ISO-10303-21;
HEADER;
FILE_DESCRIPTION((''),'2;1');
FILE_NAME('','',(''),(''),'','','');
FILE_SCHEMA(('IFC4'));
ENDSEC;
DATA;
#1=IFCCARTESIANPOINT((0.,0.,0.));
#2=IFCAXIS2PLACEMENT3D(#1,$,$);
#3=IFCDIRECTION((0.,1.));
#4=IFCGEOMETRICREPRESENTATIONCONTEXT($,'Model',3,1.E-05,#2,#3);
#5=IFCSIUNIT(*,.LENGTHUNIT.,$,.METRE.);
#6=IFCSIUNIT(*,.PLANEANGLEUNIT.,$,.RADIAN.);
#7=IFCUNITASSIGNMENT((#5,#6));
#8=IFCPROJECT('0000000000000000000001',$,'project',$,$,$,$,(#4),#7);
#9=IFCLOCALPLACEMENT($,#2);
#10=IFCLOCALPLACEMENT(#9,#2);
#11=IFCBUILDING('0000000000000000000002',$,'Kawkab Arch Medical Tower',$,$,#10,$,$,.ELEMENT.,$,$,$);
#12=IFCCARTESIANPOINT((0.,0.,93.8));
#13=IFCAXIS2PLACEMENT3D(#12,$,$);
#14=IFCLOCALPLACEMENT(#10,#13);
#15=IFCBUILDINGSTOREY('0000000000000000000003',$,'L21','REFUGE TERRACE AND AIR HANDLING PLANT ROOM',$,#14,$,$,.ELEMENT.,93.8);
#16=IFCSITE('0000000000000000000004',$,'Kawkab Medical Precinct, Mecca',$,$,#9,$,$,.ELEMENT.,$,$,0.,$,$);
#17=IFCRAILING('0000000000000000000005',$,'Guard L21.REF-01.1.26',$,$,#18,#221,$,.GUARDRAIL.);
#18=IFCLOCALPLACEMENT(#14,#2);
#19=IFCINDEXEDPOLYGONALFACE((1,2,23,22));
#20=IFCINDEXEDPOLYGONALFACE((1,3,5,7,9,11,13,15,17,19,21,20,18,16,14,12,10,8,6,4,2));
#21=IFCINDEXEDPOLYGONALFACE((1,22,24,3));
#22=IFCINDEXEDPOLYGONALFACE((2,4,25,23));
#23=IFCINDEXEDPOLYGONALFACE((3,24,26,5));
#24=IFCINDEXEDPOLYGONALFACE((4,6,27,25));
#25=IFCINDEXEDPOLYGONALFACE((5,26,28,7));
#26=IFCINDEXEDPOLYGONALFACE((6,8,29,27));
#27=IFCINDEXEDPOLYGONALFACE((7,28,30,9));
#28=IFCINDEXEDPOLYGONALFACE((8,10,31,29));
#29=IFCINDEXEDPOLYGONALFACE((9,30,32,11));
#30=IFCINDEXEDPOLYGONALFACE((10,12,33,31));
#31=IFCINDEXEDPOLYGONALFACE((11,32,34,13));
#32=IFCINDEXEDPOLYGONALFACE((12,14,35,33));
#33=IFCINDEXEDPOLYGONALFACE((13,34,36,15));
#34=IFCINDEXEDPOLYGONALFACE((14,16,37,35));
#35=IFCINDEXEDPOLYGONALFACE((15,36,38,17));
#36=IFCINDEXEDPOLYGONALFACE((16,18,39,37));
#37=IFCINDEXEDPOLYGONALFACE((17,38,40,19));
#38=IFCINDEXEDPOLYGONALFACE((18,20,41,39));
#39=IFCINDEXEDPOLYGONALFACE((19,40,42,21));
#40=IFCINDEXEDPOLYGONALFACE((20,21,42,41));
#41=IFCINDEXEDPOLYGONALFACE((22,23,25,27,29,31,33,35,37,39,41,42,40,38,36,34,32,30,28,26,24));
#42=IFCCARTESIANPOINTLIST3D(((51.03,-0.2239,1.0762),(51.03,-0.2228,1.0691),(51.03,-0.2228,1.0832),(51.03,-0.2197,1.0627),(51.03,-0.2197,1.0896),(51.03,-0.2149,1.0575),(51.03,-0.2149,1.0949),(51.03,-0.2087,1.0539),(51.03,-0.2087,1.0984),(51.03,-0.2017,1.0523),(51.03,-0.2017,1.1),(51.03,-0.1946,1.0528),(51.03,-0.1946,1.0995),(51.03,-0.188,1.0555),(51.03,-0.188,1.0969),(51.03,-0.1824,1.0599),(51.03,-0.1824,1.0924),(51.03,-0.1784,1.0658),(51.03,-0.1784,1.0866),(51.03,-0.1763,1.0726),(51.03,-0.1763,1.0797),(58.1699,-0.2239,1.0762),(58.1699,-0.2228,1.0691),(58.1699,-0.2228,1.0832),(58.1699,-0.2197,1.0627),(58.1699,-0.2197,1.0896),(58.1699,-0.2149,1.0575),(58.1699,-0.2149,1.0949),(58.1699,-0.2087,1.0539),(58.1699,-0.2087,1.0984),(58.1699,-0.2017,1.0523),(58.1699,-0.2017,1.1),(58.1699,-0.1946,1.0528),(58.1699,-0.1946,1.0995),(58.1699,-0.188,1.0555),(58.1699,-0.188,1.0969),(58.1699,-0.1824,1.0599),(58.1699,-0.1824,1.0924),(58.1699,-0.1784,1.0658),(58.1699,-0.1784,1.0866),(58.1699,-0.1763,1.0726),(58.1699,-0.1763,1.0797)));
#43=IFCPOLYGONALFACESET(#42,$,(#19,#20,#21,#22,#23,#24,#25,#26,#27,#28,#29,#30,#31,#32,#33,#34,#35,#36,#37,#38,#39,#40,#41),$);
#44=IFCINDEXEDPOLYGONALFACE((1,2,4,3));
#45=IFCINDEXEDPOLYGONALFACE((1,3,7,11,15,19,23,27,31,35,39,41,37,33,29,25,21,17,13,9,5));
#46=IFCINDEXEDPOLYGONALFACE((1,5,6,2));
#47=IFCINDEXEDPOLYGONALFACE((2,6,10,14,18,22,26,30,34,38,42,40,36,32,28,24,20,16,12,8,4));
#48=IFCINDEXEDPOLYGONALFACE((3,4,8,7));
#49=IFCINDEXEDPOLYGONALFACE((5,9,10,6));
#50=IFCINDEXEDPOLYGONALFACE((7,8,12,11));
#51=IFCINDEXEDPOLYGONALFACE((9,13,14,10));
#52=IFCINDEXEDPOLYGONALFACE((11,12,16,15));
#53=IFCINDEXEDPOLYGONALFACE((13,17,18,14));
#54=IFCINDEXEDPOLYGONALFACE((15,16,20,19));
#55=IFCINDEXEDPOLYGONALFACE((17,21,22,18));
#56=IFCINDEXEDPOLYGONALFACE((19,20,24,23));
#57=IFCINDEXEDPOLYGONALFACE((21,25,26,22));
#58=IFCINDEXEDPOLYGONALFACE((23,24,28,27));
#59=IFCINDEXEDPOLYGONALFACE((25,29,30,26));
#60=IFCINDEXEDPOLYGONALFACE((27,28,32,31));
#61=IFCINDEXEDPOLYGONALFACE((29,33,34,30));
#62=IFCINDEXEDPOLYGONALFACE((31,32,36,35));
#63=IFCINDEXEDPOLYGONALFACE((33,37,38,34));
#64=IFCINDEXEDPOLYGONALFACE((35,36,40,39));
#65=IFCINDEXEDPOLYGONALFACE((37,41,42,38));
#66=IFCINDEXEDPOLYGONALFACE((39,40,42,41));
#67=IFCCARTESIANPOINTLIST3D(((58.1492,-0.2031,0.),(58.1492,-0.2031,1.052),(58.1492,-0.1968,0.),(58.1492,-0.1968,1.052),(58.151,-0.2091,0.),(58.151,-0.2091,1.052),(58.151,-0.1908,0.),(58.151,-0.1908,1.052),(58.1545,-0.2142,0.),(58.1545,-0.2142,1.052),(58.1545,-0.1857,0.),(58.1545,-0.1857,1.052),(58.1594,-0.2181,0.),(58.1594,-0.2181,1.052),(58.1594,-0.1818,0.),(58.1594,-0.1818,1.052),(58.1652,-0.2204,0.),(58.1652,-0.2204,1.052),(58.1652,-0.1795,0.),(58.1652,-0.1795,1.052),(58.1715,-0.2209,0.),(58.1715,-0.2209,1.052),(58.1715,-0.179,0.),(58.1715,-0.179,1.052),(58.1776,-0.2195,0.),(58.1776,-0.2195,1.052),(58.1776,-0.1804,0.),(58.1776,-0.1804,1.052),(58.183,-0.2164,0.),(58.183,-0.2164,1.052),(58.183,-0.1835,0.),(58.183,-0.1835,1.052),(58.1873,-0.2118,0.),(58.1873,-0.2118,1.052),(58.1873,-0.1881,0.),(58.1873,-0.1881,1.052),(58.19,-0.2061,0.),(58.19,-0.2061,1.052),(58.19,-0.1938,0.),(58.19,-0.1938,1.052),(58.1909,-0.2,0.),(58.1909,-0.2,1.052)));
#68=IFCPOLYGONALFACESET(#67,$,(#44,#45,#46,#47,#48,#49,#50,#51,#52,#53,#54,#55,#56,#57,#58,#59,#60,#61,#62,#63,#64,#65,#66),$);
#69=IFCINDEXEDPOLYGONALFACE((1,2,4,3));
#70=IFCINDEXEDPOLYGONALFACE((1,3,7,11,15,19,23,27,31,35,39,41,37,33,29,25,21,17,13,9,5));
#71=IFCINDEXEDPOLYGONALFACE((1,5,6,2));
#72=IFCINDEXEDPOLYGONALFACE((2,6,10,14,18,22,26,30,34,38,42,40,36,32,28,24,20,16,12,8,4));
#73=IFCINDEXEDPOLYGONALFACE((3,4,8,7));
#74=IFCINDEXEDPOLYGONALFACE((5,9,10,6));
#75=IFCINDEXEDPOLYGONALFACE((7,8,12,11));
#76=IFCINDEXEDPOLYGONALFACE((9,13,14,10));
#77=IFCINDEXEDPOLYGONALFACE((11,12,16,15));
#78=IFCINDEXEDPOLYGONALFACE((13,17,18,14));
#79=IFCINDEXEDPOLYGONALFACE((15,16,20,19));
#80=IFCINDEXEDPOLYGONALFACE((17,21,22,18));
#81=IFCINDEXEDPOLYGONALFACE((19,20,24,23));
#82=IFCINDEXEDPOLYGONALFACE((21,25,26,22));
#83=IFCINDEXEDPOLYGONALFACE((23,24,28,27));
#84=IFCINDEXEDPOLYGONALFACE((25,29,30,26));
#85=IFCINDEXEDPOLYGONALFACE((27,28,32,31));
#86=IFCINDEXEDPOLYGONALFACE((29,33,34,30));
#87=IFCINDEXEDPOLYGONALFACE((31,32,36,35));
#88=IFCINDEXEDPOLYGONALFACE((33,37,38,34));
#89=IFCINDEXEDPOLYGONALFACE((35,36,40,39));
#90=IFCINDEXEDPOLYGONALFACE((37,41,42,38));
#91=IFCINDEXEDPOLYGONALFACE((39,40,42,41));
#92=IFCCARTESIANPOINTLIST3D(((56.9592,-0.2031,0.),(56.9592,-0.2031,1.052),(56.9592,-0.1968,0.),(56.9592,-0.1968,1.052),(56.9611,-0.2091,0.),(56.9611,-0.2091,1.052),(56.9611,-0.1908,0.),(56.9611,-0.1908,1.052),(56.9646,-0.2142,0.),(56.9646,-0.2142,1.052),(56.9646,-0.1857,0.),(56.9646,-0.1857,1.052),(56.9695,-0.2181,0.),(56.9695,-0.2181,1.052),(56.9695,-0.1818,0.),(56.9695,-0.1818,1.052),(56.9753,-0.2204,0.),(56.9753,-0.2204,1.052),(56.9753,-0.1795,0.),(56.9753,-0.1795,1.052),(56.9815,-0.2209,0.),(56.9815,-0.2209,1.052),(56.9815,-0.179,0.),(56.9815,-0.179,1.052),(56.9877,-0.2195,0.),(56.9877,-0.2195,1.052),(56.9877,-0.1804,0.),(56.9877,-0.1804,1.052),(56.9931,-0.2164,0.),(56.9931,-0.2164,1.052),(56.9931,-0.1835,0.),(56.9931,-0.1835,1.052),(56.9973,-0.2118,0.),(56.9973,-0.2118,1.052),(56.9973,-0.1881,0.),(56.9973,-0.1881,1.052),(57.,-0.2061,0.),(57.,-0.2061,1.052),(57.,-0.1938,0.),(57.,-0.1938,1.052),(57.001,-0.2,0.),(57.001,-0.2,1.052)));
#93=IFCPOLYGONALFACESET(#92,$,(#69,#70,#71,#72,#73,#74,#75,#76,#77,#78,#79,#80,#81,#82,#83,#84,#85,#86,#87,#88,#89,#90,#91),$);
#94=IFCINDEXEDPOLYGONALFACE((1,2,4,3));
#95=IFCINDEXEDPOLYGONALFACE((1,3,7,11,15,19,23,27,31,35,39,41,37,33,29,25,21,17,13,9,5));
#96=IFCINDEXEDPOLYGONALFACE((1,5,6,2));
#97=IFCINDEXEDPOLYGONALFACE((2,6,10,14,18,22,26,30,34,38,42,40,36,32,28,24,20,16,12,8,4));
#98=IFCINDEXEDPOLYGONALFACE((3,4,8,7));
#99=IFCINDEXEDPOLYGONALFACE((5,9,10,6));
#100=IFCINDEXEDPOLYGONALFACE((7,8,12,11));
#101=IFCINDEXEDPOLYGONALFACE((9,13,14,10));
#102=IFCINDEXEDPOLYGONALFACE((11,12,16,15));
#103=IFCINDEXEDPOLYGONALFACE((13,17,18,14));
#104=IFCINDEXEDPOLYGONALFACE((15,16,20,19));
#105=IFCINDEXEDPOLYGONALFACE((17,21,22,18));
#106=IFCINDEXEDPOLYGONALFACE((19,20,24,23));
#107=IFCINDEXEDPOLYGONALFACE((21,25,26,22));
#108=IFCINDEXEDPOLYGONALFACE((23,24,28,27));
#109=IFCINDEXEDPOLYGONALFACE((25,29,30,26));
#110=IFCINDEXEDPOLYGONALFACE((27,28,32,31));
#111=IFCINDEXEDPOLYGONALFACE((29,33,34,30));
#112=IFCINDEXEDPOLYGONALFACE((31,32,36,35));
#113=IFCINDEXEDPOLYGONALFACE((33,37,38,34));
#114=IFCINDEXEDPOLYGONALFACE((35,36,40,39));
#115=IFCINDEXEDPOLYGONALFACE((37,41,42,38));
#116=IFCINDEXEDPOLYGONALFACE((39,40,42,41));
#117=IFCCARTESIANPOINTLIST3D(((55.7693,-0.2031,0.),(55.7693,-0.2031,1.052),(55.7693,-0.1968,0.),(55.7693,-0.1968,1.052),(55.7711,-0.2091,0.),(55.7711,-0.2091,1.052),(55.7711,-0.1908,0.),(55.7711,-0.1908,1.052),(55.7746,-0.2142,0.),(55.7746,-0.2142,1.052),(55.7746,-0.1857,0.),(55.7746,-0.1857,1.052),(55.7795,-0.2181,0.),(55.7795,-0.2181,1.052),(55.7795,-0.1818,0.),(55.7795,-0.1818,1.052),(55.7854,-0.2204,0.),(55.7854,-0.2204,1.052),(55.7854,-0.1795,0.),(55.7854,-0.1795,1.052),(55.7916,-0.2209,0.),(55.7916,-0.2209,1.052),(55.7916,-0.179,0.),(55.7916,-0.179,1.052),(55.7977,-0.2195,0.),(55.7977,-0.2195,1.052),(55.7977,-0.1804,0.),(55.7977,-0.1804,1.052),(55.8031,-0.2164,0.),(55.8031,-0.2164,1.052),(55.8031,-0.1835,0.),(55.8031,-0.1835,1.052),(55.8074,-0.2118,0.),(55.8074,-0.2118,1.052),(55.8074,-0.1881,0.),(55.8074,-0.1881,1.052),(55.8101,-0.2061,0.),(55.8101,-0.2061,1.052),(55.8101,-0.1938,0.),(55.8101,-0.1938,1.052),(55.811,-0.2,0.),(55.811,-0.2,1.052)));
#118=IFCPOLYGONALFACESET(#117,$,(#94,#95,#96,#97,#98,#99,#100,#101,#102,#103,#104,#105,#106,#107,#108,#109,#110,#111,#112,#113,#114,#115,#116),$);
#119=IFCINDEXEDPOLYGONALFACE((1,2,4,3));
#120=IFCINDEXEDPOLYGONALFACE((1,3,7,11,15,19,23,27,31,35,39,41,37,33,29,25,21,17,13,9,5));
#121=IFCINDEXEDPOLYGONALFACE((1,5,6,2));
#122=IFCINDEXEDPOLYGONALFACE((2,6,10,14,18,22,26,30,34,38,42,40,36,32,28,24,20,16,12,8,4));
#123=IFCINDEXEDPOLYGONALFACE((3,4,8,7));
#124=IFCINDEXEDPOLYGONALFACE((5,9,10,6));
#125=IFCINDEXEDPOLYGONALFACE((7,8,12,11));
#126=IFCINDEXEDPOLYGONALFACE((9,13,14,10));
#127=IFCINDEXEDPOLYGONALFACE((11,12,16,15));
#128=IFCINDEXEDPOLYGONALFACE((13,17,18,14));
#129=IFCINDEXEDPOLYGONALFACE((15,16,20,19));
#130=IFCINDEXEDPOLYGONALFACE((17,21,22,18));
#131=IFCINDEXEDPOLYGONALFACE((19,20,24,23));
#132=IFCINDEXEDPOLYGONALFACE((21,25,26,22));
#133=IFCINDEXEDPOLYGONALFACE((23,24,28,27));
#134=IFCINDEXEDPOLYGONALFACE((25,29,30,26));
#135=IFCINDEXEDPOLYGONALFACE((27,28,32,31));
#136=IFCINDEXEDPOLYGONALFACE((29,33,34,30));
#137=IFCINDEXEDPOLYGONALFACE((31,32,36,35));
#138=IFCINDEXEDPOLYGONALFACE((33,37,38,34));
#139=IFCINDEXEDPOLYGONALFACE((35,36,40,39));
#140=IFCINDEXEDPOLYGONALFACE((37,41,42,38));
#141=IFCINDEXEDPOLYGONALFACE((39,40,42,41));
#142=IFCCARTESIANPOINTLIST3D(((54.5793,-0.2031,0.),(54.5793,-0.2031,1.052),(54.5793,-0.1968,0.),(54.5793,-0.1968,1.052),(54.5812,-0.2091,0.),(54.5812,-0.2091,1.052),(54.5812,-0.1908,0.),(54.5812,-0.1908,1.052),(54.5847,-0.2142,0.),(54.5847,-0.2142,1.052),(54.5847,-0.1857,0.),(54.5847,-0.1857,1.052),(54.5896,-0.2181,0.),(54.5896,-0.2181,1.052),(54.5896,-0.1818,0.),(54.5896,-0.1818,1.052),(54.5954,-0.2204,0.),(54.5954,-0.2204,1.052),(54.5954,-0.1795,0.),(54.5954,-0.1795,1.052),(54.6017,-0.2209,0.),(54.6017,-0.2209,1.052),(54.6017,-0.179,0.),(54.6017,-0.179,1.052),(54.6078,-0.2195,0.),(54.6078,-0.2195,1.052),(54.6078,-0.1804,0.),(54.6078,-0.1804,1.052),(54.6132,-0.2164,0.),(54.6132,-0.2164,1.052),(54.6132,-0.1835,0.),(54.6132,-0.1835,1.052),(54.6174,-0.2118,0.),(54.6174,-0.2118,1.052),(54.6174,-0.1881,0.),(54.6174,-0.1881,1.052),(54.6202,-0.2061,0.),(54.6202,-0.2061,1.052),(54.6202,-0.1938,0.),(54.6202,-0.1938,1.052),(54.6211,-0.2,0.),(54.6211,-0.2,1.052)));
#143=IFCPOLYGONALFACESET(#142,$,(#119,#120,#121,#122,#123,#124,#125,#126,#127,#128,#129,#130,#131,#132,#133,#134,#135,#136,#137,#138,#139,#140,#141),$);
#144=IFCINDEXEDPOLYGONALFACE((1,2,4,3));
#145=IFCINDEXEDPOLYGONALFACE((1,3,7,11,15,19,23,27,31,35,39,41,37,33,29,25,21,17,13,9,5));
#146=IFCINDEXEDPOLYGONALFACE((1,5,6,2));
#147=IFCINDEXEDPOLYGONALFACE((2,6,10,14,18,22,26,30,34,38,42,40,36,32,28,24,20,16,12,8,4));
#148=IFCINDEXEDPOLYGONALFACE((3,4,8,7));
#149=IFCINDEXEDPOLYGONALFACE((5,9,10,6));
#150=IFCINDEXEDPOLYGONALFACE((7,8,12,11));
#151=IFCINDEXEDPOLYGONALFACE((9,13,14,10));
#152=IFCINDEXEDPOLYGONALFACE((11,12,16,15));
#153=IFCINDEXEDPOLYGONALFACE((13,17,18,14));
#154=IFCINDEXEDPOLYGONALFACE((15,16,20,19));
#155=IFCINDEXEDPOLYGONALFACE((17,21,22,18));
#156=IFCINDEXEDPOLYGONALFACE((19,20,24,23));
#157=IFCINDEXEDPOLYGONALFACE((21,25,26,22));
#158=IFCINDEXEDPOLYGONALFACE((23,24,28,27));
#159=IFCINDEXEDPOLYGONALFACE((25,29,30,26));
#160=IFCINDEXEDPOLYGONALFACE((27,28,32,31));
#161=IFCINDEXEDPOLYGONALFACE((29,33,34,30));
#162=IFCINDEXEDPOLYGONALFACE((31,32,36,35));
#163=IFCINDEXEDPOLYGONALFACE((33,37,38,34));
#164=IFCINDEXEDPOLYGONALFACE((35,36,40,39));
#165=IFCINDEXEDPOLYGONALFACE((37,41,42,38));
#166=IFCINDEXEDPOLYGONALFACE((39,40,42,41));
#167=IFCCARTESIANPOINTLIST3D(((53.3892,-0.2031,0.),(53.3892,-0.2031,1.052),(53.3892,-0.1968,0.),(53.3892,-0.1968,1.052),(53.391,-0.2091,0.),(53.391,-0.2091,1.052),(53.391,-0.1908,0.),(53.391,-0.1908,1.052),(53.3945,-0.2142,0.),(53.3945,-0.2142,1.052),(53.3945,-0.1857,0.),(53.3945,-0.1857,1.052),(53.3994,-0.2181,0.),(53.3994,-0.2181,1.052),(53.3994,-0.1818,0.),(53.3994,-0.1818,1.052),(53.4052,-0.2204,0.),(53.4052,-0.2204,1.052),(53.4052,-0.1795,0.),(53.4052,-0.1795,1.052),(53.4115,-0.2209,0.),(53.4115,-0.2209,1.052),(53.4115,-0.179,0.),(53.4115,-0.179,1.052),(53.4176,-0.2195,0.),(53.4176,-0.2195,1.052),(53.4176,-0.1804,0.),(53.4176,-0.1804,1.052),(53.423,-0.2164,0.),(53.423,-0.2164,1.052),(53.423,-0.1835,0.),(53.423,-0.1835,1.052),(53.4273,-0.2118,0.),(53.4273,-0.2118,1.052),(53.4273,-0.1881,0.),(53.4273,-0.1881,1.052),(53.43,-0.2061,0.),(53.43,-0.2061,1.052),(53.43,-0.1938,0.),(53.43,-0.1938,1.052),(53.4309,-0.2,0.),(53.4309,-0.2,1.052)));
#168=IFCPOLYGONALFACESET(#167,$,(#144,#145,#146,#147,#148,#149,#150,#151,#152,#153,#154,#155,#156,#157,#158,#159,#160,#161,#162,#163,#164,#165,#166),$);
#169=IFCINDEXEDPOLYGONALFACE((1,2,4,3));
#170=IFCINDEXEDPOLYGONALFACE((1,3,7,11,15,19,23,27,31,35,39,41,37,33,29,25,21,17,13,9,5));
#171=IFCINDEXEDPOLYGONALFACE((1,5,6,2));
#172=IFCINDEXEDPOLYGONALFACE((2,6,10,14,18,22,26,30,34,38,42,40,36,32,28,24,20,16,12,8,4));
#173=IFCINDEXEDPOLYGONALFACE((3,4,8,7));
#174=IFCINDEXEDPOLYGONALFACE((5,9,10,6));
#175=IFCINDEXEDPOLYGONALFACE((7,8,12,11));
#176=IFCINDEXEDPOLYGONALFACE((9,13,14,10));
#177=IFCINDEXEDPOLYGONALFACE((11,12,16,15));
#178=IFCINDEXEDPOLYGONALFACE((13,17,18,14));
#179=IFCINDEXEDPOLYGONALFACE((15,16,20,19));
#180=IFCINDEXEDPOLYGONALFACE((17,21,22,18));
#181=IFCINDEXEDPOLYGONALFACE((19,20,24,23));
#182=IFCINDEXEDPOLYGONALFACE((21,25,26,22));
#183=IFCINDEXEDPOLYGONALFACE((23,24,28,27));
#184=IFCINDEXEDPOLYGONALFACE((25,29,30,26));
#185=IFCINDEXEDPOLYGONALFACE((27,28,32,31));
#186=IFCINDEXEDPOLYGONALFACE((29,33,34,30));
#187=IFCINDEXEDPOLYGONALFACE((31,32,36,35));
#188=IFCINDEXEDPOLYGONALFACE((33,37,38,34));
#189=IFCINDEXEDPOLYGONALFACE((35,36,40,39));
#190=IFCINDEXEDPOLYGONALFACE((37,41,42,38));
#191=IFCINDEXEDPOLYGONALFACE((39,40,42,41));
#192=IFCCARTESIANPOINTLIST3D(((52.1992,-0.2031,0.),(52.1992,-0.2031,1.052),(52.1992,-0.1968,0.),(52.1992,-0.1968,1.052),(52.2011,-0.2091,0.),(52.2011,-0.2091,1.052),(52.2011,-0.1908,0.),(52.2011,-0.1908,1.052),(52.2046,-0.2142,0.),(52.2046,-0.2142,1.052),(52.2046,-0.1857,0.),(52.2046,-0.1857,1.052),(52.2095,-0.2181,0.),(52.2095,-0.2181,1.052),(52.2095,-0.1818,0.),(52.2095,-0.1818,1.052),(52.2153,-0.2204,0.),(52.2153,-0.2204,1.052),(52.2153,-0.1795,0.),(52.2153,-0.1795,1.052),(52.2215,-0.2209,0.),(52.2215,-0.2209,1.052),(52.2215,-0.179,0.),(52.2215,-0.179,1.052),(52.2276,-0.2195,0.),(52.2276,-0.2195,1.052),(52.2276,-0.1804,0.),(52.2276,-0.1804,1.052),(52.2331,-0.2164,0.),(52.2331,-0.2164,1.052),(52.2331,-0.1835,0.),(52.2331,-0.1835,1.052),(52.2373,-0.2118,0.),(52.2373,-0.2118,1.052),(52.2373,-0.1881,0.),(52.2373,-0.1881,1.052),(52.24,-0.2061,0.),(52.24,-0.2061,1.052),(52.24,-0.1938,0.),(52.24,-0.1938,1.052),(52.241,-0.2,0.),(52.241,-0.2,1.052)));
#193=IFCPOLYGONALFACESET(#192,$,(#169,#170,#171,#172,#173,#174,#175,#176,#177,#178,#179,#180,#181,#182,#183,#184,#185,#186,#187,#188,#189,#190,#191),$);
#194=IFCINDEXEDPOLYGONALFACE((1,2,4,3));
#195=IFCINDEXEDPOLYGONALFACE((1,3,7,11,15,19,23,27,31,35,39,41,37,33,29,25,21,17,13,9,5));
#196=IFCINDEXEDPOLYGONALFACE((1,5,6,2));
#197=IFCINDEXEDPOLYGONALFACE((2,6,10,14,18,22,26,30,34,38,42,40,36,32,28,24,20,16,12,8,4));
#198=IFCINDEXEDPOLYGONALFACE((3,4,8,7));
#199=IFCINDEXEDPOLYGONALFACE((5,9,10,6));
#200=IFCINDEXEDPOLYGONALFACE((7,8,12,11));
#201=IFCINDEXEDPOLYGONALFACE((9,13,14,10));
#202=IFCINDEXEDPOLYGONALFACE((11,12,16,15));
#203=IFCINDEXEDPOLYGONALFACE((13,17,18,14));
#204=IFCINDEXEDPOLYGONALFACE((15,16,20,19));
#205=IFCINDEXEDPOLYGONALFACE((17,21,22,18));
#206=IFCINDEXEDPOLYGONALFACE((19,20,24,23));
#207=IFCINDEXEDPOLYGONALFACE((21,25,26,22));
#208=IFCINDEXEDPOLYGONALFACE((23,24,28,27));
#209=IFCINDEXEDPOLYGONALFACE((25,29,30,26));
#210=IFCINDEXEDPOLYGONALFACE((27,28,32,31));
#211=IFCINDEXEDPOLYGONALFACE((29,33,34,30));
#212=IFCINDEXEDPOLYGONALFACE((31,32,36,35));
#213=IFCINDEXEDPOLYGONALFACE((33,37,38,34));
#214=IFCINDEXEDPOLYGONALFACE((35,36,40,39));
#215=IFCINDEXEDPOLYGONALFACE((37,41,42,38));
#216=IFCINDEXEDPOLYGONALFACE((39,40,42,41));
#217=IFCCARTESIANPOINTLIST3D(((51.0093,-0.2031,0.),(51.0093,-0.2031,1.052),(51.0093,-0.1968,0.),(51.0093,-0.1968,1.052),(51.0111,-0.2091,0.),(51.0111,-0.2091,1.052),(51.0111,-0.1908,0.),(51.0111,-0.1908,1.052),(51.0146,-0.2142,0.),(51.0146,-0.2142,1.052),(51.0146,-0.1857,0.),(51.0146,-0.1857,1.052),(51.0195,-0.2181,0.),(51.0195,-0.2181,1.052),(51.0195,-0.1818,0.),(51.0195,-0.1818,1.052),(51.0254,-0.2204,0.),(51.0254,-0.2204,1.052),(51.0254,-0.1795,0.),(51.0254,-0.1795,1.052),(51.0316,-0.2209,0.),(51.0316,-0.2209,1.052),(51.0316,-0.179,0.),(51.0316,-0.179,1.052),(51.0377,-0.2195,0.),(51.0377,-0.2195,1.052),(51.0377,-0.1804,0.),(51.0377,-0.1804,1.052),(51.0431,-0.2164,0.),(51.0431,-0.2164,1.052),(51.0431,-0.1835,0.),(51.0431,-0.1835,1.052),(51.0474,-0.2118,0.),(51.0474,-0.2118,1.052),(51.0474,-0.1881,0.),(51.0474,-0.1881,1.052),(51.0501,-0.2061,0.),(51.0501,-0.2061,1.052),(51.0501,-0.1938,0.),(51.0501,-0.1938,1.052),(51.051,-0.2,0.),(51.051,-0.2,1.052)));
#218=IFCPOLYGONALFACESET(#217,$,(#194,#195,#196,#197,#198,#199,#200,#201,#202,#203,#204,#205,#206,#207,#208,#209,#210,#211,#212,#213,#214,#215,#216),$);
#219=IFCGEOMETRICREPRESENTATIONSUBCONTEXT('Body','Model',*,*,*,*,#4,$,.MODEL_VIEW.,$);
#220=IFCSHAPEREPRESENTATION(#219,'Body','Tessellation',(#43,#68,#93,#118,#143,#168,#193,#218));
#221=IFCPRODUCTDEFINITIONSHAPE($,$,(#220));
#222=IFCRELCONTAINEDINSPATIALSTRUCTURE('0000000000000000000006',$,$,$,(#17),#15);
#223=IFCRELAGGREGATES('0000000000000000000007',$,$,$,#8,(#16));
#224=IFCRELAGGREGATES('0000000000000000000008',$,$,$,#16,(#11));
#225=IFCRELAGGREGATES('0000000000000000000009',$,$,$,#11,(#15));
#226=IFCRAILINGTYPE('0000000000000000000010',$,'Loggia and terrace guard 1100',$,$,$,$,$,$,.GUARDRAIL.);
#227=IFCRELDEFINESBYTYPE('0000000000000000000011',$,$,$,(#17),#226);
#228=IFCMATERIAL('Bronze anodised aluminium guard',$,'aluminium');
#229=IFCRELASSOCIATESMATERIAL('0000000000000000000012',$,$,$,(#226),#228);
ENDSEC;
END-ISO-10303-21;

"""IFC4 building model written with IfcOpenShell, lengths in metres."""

from ifc_helpers import new_model, si_unit, direction, frame, origin, origin_2d, place, context, subcontext, project, spatial, circle, extrude, material, type_object, element, save


model = new_model("IFC4")

# Units and contexts
model_context = context("Model", 3, precision=1e-05, world=origin(), true_north=direction((0.0, 1.0)))
body_context = subcontext(model_context, "Body", "Model", "MODEL_VIEW")
ifc_project = project(units=[si_unit("LENGTHUNIT", "METRE"), si_unit("PLANEANGLEUNIT", "RADIAN")], contexts=[model_context])

# Site, building, storey
site_placement = place(None, origin())
site = spatial("IfcSite", under=ifc_project, at=site_placement, Name="Kawkab Medical Precinct, Mecca", CompositionType="ELEMENT", RefElevation=0.0)
building_placement = place(site_placement, origin())
building = spatial("IfcBuilding", under=site, at=building_placement, Name="Kawkab Arch Medical Tower", CompositionType="ELEMENT")
storey_placement = place(building_placement, frame((0.0, 0.0, 93.8)))
storey = spatial("IfcBuildingStorey", under=building, at=storey_placement, Name="L21", Description="REFUGE TERRACE AND AIR HANDLING PLANT ROOM", CompositionType="ELEMENT", Elevation=93.8)

# Railing
ifc_material_1 = material(Name="Bronze anodised aluminium guard", Category="aluminium")
railing_type = type_object("IfcRailingType", Name="Loggia and terrace guard 1100", PredefinedType="GUARDRAIL", material=ifc_material_1)
railing_1_placement = place(storey_placement, frame((58.1699, -0.2, 0.0)))
element("IfcRailing", 1, at=railing_1_placement, inside=storey, type_object=railing_type, Name="Guard L21.REF-01.1.26", PredefinedType="GUARDRAIL", context=body_context, shape_type="SweptSolid", body=[
    extrude(circle(Radius=0.0239, at=origin_2d()), frame((0.0, 0.0, 1.0762), z_axis=(-1.0, 0.0, 0.0), x_axis=(0.0, -1.0, 0.0)), (0.0, 0.0, 1.0), 7.1399),
    extrude(circle(Radius=0.021, at=origin_2d()), origin(), (0.0, 0.0, 1.0), 1.052),
    extrude(circle(Radius=0.021, at=origin_2d()), frame((-1.1899, 0.0, 0.0)), (0.0, 0.0, 1.0), 1.052),
    extrude(circle(Radius=0.021, at=origin_2d()), frame((-2.3799, 0.0, 0.0)), (0.0, 0.0, 1.0), 1.052),
    extrude(circle(Radius=0.021, at=origin_2d()), frame((-3.5698, 0.0, 0.0)), (0.0, 0.0, 1.0), 1.052),
    extrude(circle(Radius=0.021, at=origin_2d()), frame((-4.76, 0.0, 0.0)), (0.0, 0.0, 1.0), 1.052),
    extrude(circle(Radius=0.021, at=origin_2d()), frame((-5.95, 0.0, 0.0)), (0.0, 0.0, 1.0), 1.052),
    extrude(circle(Radius=0.021, at=origin_2d()), frame((-7.1399, 0.0, 0.0)), (0.0, 0.0, 1.0), 1.052),
])

save(model, "model.ifc")
